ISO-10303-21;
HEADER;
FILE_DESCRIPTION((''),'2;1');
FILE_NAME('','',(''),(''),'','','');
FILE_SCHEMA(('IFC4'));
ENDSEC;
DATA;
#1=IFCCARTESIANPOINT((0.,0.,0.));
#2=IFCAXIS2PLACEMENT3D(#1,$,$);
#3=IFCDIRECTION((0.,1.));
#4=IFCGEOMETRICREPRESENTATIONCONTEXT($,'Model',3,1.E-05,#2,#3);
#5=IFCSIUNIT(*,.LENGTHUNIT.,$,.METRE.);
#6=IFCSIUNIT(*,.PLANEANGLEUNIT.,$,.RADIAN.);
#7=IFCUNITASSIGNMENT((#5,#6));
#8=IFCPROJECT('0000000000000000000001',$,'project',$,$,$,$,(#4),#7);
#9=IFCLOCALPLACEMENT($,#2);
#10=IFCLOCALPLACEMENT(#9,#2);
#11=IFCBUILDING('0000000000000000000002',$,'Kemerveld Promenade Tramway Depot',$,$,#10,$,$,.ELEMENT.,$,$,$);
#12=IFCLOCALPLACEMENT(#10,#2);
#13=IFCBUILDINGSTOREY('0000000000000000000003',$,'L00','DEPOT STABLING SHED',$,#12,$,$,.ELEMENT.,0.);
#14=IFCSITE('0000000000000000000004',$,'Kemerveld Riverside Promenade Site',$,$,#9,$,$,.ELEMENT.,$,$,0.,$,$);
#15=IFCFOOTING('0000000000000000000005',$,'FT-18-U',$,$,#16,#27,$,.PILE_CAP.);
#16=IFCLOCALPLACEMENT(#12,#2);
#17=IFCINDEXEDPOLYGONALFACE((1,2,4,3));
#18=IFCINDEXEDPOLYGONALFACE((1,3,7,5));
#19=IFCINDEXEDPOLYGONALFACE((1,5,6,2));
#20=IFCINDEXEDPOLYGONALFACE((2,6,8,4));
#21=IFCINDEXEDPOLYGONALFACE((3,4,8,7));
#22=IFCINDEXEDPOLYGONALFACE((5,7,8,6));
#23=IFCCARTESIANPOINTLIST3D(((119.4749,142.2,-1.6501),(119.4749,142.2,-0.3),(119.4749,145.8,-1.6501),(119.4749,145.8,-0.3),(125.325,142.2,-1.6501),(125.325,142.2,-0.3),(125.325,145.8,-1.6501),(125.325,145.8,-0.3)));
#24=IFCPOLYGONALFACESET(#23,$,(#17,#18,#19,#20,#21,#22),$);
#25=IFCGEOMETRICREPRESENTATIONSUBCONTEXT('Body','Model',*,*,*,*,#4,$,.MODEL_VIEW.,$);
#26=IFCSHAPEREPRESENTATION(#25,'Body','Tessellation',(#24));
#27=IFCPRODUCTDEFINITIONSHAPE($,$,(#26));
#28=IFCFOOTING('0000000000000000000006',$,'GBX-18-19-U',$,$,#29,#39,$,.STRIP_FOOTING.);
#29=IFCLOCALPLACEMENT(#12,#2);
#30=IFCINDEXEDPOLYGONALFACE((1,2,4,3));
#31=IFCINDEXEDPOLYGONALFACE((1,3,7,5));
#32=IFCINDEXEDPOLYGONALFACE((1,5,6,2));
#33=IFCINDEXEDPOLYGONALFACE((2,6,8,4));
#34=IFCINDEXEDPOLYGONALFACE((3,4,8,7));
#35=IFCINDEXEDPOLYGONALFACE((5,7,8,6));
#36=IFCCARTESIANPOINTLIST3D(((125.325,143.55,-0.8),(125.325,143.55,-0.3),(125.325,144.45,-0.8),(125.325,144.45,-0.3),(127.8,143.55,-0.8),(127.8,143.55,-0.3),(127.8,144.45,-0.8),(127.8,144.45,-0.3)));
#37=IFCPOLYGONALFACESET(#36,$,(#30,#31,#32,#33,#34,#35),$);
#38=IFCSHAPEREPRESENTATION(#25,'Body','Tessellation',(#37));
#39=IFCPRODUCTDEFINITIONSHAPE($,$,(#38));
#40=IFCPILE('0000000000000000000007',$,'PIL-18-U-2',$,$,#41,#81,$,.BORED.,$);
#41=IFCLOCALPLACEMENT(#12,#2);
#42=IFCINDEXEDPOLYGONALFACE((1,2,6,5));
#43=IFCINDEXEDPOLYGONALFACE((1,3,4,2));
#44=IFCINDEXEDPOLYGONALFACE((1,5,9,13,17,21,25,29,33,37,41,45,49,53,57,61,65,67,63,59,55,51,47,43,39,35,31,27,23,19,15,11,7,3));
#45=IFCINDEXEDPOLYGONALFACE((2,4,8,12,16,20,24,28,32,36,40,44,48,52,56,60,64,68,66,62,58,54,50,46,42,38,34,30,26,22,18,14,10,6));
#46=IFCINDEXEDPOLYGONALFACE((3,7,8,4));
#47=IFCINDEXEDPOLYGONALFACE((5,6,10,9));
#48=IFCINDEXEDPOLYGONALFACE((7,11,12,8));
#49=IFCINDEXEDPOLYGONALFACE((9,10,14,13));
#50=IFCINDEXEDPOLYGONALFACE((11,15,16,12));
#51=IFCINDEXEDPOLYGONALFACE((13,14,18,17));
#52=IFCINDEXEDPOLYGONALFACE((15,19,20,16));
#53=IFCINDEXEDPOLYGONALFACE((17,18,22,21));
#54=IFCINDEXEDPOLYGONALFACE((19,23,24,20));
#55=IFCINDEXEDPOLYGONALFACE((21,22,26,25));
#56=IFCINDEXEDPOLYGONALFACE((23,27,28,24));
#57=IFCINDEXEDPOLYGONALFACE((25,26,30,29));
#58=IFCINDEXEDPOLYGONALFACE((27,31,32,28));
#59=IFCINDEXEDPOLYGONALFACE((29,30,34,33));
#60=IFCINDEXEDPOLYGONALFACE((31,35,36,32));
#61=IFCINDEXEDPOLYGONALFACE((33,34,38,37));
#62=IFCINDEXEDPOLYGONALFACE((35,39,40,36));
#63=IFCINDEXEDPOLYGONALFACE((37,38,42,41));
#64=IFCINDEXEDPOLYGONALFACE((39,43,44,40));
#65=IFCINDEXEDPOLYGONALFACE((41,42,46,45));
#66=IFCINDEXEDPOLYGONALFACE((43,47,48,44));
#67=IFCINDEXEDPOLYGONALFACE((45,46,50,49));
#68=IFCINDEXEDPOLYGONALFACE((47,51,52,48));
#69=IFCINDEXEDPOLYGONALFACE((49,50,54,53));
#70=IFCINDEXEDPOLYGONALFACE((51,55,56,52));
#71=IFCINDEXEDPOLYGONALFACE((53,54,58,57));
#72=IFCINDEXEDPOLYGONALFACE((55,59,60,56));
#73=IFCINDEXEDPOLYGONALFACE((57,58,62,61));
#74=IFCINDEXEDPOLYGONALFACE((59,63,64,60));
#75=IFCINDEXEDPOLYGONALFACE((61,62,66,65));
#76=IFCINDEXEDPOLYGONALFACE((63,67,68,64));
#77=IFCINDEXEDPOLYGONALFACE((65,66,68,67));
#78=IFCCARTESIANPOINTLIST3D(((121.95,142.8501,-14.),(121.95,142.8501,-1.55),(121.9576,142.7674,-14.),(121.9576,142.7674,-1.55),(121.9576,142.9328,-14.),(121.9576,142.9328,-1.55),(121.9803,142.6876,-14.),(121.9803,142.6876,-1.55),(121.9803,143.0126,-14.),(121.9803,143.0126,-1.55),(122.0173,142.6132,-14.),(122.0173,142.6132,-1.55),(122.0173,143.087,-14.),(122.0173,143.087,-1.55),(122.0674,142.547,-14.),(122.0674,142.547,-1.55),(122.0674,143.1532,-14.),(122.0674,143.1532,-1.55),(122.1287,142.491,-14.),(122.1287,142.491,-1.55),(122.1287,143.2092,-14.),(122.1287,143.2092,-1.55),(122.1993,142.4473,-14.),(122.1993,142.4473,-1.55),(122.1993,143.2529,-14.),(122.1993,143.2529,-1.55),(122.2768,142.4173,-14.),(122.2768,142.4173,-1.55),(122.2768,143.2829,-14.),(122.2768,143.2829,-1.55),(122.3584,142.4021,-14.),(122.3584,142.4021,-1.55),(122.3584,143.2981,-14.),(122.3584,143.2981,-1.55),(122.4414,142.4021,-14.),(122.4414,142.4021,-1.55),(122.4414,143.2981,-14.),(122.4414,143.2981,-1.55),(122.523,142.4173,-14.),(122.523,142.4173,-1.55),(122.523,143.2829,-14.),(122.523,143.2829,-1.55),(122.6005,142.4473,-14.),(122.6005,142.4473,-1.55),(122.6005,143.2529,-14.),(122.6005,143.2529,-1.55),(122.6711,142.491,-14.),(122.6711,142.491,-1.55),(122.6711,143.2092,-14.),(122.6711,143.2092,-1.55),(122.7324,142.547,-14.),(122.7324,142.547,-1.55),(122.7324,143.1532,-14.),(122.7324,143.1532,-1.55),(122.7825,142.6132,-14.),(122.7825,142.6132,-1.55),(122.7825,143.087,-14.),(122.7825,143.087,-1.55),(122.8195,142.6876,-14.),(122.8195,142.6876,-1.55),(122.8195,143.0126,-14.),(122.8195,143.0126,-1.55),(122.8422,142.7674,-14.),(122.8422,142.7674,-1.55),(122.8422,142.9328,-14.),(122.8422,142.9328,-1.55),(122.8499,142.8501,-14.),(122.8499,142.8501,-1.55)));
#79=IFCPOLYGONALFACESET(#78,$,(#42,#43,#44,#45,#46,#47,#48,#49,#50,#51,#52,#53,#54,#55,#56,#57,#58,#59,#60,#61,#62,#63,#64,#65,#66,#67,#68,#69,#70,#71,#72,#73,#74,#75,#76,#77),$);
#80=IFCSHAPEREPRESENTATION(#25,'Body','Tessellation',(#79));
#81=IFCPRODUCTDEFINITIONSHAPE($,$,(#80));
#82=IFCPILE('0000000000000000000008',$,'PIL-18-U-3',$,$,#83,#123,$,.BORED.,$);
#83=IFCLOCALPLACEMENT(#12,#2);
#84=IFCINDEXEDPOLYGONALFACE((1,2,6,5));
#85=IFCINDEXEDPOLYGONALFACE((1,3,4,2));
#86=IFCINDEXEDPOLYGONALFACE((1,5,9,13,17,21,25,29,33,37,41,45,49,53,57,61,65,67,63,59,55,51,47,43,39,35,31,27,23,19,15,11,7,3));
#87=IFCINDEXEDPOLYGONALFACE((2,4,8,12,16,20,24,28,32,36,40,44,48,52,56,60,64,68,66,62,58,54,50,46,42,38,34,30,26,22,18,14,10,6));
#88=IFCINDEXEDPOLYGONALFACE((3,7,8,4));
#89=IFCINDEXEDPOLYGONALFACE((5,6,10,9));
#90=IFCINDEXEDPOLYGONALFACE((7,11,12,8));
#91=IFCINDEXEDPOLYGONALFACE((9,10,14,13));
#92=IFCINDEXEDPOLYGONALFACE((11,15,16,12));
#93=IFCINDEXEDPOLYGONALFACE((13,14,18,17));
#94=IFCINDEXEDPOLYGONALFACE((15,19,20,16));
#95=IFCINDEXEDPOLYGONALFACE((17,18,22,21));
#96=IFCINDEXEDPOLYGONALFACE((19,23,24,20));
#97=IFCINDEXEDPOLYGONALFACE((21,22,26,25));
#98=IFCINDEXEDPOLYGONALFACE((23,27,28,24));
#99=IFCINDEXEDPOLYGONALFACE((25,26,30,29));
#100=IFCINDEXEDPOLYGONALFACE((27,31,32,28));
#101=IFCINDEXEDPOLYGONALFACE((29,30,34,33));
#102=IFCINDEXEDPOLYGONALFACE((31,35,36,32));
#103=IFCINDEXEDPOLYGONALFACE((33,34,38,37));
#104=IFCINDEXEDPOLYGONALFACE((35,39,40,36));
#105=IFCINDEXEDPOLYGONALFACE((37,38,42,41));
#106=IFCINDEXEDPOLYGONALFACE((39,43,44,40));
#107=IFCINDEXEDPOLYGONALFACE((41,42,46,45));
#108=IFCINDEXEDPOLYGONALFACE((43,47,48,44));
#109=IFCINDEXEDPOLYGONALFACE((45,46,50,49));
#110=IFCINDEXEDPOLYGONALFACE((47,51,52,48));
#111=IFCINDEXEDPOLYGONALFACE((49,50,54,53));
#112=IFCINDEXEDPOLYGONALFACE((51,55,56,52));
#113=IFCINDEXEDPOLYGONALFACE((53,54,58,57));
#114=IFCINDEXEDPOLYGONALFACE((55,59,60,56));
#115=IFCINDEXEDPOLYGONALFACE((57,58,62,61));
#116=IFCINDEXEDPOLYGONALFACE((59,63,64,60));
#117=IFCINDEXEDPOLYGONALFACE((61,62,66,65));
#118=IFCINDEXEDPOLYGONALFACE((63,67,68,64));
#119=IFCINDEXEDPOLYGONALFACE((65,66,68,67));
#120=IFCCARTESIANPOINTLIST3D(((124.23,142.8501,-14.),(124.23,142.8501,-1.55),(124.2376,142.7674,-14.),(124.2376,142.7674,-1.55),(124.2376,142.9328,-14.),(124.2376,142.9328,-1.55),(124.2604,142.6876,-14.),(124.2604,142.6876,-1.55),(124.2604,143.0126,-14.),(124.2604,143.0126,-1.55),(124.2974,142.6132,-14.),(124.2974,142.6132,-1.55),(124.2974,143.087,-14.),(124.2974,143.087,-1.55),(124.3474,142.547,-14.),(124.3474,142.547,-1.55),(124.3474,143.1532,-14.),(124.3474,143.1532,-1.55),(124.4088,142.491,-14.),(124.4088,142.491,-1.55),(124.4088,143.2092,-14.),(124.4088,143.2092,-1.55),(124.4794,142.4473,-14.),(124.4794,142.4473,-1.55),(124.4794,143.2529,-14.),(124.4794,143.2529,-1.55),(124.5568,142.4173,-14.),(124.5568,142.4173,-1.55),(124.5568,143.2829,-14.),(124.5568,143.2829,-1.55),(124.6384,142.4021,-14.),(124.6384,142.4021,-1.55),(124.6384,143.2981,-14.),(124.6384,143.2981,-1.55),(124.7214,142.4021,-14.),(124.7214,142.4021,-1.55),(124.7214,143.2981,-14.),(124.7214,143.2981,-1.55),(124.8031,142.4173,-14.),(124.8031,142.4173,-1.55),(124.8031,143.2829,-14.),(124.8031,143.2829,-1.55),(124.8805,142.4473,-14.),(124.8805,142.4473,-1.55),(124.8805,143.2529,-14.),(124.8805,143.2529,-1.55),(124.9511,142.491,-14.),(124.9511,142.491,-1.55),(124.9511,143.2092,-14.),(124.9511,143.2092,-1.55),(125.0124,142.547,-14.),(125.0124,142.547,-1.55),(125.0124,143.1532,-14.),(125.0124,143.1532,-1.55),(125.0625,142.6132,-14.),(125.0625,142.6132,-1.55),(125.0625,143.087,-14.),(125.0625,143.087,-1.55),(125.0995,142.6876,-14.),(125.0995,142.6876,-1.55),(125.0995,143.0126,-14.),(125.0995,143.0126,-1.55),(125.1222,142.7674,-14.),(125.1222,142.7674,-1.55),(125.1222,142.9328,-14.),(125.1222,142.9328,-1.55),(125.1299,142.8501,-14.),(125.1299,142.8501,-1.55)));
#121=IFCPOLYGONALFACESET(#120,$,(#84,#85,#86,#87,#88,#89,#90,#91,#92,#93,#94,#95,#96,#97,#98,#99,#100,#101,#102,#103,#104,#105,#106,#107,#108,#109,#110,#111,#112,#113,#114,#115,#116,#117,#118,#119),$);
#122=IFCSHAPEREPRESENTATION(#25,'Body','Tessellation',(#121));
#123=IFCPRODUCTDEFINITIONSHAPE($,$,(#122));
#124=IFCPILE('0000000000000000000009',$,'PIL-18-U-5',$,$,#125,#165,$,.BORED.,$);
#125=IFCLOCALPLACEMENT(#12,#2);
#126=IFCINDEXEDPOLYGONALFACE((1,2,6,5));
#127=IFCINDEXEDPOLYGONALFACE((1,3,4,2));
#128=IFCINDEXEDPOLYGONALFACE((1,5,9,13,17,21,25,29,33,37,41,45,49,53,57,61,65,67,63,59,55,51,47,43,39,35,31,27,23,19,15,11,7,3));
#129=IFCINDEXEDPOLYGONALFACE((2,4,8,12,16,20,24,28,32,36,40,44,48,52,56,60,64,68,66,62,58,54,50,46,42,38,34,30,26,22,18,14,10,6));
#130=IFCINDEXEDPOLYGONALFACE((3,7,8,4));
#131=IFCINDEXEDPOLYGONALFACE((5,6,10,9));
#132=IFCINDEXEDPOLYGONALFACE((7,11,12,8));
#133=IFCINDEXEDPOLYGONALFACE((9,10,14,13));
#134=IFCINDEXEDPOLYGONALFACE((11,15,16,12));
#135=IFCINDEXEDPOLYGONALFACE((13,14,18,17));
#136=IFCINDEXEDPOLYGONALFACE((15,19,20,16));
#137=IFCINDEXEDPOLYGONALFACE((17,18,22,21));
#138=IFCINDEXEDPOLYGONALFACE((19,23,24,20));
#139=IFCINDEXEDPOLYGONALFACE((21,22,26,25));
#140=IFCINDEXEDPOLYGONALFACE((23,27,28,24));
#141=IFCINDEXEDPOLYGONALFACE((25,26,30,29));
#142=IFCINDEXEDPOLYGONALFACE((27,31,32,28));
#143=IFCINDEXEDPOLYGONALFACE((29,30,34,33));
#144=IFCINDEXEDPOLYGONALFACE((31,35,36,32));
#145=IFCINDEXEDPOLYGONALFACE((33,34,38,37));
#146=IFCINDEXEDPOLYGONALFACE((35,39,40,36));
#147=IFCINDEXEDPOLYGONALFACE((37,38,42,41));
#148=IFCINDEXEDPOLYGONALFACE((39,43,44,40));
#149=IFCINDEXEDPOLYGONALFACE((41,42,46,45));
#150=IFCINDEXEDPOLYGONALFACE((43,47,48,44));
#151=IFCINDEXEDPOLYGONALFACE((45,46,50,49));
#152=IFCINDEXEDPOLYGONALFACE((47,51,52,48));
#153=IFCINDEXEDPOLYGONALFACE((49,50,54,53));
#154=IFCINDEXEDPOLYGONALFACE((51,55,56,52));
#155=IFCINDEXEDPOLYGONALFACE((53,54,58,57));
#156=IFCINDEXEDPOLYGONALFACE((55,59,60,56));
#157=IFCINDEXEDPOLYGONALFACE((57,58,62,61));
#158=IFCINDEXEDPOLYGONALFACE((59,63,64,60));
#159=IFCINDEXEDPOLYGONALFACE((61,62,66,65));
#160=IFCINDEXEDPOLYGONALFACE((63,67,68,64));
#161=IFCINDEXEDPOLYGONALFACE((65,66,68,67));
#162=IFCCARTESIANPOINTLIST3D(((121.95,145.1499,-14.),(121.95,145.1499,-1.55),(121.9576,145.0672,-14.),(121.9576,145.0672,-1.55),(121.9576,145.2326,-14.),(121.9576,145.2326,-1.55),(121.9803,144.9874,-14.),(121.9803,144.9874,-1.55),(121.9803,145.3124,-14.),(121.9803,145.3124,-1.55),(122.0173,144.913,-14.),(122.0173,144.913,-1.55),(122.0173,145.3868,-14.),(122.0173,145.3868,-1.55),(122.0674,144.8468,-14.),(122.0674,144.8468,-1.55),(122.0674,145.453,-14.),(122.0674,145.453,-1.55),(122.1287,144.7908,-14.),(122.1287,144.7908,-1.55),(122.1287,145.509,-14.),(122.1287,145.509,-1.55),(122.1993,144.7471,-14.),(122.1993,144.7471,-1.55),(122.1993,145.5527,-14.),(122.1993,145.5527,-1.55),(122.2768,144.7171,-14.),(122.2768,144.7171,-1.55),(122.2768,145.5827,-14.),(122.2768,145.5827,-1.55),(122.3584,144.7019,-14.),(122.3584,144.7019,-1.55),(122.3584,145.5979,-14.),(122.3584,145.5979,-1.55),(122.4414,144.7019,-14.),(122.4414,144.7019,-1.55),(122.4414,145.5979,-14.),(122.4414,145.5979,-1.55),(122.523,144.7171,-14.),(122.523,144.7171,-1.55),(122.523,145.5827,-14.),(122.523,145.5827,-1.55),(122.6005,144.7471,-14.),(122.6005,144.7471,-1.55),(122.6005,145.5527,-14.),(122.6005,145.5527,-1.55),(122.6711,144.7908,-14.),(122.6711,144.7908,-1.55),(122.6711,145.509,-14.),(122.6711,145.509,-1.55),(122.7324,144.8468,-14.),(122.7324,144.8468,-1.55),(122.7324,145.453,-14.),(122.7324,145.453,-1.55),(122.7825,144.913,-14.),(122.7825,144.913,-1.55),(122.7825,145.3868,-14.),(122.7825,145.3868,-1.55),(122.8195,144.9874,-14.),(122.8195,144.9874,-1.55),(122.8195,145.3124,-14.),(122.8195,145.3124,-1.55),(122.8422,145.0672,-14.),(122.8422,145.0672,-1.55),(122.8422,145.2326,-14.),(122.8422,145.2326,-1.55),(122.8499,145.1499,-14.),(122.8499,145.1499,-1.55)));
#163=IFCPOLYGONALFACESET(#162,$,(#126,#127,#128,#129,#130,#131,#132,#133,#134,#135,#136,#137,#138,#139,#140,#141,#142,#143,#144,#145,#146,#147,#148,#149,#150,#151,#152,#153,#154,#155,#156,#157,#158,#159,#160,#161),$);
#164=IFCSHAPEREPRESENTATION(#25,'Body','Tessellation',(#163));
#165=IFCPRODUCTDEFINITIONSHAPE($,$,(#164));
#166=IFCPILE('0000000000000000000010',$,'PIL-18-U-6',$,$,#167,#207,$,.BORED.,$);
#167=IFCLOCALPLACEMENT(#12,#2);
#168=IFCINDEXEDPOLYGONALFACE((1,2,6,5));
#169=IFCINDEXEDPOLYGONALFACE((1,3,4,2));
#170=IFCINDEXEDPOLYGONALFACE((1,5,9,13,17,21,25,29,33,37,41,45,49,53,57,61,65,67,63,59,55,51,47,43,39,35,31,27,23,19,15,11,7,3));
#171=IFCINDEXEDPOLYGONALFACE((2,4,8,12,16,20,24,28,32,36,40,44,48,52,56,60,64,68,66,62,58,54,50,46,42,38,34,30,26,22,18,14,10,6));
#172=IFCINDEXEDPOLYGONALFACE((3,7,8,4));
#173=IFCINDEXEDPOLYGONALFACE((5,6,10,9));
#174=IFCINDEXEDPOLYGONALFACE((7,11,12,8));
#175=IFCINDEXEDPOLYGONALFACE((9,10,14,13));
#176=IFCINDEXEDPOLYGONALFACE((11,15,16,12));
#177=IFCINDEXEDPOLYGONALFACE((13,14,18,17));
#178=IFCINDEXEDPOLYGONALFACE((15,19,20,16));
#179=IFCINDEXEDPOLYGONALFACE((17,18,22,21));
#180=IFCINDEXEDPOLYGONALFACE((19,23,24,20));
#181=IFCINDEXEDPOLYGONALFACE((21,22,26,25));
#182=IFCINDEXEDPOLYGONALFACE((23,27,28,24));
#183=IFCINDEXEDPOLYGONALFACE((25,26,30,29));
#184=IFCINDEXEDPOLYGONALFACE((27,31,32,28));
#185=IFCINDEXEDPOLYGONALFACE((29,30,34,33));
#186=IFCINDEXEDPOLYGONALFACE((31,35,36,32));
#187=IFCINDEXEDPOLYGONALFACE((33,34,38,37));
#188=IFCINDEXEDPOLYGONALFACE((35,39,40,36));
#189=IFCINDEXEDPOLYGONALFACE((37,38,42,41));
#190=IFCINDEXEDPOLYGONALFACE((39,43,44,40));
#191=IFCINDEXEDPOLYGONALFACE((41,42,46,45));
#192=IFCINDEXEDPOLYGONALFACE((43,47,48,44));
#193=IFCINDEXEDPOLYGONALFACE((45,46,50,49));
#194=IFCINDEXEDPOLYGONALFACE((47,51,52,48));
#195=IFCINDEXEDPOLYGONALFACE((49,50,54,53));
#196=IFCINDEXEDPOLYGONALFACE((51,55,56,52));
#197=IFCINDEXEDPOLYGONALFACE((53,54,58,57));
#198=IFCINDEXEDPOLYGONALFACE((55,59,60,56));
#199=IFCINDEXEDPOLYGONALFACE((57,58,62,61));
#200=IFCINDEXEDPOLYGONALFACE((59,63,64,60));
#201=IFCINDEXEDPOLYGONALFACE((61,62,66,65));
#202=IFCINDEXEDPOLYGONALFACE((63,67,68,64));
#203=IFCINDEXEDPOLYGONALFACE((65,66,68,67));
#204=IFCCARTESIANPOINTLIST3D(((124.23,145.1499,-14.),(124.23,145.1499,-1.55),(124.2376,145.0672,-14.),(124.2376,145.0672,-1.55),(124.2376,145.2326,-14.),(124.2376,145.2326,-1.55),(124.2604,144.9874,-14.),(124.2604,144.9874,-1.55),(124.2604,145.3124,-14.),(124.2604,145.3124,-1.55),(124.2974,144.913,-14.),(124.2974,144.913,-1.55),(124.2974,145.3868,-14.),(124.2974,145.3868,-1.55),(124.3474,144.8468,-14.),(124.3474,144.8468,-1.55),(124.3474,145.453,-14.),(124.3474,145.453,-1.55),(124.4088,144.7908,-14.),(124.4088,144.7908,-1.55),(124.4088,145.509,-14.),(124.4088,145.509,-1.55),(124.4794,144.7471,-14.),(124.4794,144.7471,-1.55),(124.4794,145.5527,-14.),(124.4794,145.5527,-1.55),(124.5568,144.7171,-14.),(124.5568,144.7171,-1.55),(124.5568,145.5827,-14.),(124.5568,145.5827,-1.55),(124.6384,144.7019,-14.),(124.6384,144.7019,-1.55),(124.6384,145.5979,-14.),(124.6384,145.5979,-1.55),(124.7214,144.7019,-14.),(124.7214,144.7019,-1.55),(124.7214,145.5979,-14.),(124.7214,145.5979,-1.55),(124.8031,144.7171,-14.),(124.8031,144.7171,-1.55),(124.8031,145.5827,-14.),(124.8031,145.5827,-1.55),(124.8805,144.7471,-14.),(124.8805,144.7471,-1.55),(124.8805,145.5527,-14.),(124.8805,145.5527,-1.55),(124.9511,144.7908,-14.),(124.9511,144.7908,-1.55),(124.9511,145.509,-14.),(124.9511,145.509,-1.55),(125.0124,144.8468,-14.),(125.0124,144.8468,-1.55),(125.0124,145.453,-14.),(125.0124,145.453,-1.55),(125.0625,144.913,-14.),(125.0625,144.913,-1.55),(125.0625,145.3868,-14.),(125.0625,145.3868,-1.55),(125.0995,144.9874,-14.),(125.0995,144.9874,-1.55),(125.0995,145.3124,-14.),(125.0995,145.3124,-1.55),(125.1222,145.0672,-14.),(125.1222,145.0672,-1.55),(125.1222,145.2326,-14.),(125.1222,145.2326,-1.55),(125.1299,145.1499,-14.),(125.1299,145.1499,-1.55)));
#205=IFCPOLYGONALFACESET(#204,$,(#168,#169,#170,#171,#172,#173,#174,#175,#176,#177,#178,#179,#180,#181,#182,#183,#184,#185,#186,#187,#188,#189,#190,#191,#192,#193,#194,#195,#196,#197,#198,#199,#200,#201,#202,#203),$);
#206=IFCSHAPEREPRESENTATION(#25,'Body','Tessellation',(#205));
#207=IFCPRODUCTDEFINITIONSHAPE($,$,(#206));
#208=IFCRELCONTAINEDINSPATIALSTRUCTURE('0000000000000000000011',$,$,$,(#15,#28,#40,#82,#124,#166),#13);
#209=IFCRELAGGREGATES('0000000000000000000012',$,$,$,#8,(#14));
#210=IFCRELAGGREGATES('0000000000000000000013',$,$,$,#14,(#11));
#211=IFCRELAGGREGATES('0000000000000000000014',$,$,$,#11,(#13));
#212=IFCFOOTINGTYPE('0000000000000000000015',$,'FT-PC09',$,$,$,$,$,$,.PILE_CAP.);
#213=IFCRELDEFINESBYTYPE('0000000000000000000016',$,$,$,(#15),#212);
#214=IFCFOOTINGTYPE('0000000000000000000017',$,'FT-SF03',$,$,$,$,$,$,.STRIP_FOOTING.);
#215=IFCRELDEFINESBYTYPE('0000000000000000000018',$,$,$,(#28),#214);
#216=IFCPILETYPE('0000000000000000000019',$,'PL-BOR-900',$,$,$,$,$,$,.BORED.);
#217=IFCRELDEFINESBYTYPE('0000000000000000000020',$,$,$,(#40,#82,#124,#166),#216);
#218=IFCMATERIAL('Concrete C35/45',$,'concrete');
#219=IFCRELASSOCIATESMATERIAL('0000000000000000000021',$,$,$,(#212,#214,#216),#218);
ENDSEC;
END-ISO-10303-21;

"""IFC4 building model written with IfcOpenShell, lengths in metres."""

from ifc_helpers import new_model, si_unit, direction, frame, origin, origin_2d, place, context, subcontext, project, spatial, rectangle, circle, extrude, material, material_profile, profile_set, type_object, element, save


model = new_model("IFC4")

# Units and contexts
model_context = context("Model", 3, precision=1e-05, world=origin(), true_north=direction((0.0, 1.0)))
body_context = subcontext(model_context, "Body", "Model", "MODEL_VIEW")
ifc_project = project(units=[si_unit("LENGTHUNIT", "METRE"), si_unit("PLANEANGLEUNIT", "RADIAN")], contexts=[model_context])

# Site, building, storey
site_placement = place(None, origin())
site = spatial("IfcSite", under=ifc_project, at=site_placement, Name="Kemerveld Riverside Promenade Site", CompositionType="ELEMENT", RefElevation=0.0)
building_placement = place(site_placement, origin())
building = spatial("IfcBuilding", under=site, at=building_placement, Name="Kemerveld Promenade Tramway Depot", CompositionType="ELEMENT")
storey_placement = place(building_placement, origin())
storey = spatial("IfcBuildingStorey", under=building, at=storey_placement, Name="L00", Description="DEPOT STABLING SHED", CompositionType="ELEMENT", Elevation=0.0)

# Footings
ifc_material_1 = material(Name="Concrete C35/45", Category="concrete")
footing_type_1 = type_object("IfcFootingType", Name="FT-PC09", PredefinedType="PILE_CAP", material=ifc_material_1)
footing_1_placement = place(storey_placement, frame((122.3999, 144.0, -1.6501), z_axis=(0.0, 0.0, 1.0), x_axis=(1.0, 0.0, 0.0)))
element("IfcFooting", 1, at=footing_1_placement, inside=storey, type_object=footing_type_1, Name="FT-18-U", PredefinedType="PILE_CAP", context=body_context, shape_type="SweptSolid", body=[
    extrude(rectangle(XDim=5.8501, YDim=3.6001, at=origin_2d()), origin(), (0.0, 0.0, 1.0), 1.3501),
])
footing_type_2 = type_object("IfcFootingType", Name="FT-SF03", PredefinedType="STRIP_FOOTING", material=ifc_material_1)
footing_2_placement = place(storey_placement, frame((126.5625, 144.0, -0.8), z_axis=(0.0, 0.0, 1.0), x_axis=(1.0, 0.0, 0.0)))
element("IfcFooting", 2, at=footing_2_placement, inside=storey, type_object=footing_type_2, Name="GBX-18-19-U", PredefinedType="STRIP_FOOTING", context=body_context, shape_type="SweptSolid", body=[
    extrude(rectangle(XDim=2.4751, YDim=0.8999, at=origin_2d()), origin(), (0.0, 0.0, 1.0), 0.5),
])

# Piles
ifc_material_profile_1 = material_profile(ifc_material_1, circle(Radius=0.45, at=origin_2d()), Name="PILE-D900")
ifc_profile_set_1 = profile_set([ifc_material_profile_1], Name="Concrete C35/45")
pile_type = type_object("IfcPileType", Name="PL-BOR-900", PredefinedType="BORED", material=ifc_profile_set_1)
for number, where, z_axis, x_axis, name in (
    (3, (122.3999, 142.8501, -1.55), (0.0, 0.0, -1.0), (1.0, 0.0, 0.0), "PIL-18-U-2"),
    (4, (124.6799, 142.8501, -1.55), (0.0, 0.0, -1.0), (1.0, 0.0, 0.0), "PIL-18-U-3"),
    (5, (122.3999, 145.1499, -1.55), (0.0, 0.0, -1.0), (1.0, 0.0, 0.0), "PIL-18-U-5"),
    (6, (124.6799, 145.1499, -1.55), (0.0, 0.0, -1.0), (1.0, 0.0, 0.0), "PIL-18-U-6"),
):
    element("IfcPile", number, at=place(storey_placement, frame(where, z_axis=z_axis, x_axis=x_axis)), inside=storey, type_object=pile_type, Name=name, PredefinedType="BORED", context=body_context, shape_type="SweptSolid", body=[
        extrude(circle(Radius=0.45, at=origin_2d()), origin(), (0.0, 0.0, 1.0), 12.45),
    ])

save(model, "model.ifc")
